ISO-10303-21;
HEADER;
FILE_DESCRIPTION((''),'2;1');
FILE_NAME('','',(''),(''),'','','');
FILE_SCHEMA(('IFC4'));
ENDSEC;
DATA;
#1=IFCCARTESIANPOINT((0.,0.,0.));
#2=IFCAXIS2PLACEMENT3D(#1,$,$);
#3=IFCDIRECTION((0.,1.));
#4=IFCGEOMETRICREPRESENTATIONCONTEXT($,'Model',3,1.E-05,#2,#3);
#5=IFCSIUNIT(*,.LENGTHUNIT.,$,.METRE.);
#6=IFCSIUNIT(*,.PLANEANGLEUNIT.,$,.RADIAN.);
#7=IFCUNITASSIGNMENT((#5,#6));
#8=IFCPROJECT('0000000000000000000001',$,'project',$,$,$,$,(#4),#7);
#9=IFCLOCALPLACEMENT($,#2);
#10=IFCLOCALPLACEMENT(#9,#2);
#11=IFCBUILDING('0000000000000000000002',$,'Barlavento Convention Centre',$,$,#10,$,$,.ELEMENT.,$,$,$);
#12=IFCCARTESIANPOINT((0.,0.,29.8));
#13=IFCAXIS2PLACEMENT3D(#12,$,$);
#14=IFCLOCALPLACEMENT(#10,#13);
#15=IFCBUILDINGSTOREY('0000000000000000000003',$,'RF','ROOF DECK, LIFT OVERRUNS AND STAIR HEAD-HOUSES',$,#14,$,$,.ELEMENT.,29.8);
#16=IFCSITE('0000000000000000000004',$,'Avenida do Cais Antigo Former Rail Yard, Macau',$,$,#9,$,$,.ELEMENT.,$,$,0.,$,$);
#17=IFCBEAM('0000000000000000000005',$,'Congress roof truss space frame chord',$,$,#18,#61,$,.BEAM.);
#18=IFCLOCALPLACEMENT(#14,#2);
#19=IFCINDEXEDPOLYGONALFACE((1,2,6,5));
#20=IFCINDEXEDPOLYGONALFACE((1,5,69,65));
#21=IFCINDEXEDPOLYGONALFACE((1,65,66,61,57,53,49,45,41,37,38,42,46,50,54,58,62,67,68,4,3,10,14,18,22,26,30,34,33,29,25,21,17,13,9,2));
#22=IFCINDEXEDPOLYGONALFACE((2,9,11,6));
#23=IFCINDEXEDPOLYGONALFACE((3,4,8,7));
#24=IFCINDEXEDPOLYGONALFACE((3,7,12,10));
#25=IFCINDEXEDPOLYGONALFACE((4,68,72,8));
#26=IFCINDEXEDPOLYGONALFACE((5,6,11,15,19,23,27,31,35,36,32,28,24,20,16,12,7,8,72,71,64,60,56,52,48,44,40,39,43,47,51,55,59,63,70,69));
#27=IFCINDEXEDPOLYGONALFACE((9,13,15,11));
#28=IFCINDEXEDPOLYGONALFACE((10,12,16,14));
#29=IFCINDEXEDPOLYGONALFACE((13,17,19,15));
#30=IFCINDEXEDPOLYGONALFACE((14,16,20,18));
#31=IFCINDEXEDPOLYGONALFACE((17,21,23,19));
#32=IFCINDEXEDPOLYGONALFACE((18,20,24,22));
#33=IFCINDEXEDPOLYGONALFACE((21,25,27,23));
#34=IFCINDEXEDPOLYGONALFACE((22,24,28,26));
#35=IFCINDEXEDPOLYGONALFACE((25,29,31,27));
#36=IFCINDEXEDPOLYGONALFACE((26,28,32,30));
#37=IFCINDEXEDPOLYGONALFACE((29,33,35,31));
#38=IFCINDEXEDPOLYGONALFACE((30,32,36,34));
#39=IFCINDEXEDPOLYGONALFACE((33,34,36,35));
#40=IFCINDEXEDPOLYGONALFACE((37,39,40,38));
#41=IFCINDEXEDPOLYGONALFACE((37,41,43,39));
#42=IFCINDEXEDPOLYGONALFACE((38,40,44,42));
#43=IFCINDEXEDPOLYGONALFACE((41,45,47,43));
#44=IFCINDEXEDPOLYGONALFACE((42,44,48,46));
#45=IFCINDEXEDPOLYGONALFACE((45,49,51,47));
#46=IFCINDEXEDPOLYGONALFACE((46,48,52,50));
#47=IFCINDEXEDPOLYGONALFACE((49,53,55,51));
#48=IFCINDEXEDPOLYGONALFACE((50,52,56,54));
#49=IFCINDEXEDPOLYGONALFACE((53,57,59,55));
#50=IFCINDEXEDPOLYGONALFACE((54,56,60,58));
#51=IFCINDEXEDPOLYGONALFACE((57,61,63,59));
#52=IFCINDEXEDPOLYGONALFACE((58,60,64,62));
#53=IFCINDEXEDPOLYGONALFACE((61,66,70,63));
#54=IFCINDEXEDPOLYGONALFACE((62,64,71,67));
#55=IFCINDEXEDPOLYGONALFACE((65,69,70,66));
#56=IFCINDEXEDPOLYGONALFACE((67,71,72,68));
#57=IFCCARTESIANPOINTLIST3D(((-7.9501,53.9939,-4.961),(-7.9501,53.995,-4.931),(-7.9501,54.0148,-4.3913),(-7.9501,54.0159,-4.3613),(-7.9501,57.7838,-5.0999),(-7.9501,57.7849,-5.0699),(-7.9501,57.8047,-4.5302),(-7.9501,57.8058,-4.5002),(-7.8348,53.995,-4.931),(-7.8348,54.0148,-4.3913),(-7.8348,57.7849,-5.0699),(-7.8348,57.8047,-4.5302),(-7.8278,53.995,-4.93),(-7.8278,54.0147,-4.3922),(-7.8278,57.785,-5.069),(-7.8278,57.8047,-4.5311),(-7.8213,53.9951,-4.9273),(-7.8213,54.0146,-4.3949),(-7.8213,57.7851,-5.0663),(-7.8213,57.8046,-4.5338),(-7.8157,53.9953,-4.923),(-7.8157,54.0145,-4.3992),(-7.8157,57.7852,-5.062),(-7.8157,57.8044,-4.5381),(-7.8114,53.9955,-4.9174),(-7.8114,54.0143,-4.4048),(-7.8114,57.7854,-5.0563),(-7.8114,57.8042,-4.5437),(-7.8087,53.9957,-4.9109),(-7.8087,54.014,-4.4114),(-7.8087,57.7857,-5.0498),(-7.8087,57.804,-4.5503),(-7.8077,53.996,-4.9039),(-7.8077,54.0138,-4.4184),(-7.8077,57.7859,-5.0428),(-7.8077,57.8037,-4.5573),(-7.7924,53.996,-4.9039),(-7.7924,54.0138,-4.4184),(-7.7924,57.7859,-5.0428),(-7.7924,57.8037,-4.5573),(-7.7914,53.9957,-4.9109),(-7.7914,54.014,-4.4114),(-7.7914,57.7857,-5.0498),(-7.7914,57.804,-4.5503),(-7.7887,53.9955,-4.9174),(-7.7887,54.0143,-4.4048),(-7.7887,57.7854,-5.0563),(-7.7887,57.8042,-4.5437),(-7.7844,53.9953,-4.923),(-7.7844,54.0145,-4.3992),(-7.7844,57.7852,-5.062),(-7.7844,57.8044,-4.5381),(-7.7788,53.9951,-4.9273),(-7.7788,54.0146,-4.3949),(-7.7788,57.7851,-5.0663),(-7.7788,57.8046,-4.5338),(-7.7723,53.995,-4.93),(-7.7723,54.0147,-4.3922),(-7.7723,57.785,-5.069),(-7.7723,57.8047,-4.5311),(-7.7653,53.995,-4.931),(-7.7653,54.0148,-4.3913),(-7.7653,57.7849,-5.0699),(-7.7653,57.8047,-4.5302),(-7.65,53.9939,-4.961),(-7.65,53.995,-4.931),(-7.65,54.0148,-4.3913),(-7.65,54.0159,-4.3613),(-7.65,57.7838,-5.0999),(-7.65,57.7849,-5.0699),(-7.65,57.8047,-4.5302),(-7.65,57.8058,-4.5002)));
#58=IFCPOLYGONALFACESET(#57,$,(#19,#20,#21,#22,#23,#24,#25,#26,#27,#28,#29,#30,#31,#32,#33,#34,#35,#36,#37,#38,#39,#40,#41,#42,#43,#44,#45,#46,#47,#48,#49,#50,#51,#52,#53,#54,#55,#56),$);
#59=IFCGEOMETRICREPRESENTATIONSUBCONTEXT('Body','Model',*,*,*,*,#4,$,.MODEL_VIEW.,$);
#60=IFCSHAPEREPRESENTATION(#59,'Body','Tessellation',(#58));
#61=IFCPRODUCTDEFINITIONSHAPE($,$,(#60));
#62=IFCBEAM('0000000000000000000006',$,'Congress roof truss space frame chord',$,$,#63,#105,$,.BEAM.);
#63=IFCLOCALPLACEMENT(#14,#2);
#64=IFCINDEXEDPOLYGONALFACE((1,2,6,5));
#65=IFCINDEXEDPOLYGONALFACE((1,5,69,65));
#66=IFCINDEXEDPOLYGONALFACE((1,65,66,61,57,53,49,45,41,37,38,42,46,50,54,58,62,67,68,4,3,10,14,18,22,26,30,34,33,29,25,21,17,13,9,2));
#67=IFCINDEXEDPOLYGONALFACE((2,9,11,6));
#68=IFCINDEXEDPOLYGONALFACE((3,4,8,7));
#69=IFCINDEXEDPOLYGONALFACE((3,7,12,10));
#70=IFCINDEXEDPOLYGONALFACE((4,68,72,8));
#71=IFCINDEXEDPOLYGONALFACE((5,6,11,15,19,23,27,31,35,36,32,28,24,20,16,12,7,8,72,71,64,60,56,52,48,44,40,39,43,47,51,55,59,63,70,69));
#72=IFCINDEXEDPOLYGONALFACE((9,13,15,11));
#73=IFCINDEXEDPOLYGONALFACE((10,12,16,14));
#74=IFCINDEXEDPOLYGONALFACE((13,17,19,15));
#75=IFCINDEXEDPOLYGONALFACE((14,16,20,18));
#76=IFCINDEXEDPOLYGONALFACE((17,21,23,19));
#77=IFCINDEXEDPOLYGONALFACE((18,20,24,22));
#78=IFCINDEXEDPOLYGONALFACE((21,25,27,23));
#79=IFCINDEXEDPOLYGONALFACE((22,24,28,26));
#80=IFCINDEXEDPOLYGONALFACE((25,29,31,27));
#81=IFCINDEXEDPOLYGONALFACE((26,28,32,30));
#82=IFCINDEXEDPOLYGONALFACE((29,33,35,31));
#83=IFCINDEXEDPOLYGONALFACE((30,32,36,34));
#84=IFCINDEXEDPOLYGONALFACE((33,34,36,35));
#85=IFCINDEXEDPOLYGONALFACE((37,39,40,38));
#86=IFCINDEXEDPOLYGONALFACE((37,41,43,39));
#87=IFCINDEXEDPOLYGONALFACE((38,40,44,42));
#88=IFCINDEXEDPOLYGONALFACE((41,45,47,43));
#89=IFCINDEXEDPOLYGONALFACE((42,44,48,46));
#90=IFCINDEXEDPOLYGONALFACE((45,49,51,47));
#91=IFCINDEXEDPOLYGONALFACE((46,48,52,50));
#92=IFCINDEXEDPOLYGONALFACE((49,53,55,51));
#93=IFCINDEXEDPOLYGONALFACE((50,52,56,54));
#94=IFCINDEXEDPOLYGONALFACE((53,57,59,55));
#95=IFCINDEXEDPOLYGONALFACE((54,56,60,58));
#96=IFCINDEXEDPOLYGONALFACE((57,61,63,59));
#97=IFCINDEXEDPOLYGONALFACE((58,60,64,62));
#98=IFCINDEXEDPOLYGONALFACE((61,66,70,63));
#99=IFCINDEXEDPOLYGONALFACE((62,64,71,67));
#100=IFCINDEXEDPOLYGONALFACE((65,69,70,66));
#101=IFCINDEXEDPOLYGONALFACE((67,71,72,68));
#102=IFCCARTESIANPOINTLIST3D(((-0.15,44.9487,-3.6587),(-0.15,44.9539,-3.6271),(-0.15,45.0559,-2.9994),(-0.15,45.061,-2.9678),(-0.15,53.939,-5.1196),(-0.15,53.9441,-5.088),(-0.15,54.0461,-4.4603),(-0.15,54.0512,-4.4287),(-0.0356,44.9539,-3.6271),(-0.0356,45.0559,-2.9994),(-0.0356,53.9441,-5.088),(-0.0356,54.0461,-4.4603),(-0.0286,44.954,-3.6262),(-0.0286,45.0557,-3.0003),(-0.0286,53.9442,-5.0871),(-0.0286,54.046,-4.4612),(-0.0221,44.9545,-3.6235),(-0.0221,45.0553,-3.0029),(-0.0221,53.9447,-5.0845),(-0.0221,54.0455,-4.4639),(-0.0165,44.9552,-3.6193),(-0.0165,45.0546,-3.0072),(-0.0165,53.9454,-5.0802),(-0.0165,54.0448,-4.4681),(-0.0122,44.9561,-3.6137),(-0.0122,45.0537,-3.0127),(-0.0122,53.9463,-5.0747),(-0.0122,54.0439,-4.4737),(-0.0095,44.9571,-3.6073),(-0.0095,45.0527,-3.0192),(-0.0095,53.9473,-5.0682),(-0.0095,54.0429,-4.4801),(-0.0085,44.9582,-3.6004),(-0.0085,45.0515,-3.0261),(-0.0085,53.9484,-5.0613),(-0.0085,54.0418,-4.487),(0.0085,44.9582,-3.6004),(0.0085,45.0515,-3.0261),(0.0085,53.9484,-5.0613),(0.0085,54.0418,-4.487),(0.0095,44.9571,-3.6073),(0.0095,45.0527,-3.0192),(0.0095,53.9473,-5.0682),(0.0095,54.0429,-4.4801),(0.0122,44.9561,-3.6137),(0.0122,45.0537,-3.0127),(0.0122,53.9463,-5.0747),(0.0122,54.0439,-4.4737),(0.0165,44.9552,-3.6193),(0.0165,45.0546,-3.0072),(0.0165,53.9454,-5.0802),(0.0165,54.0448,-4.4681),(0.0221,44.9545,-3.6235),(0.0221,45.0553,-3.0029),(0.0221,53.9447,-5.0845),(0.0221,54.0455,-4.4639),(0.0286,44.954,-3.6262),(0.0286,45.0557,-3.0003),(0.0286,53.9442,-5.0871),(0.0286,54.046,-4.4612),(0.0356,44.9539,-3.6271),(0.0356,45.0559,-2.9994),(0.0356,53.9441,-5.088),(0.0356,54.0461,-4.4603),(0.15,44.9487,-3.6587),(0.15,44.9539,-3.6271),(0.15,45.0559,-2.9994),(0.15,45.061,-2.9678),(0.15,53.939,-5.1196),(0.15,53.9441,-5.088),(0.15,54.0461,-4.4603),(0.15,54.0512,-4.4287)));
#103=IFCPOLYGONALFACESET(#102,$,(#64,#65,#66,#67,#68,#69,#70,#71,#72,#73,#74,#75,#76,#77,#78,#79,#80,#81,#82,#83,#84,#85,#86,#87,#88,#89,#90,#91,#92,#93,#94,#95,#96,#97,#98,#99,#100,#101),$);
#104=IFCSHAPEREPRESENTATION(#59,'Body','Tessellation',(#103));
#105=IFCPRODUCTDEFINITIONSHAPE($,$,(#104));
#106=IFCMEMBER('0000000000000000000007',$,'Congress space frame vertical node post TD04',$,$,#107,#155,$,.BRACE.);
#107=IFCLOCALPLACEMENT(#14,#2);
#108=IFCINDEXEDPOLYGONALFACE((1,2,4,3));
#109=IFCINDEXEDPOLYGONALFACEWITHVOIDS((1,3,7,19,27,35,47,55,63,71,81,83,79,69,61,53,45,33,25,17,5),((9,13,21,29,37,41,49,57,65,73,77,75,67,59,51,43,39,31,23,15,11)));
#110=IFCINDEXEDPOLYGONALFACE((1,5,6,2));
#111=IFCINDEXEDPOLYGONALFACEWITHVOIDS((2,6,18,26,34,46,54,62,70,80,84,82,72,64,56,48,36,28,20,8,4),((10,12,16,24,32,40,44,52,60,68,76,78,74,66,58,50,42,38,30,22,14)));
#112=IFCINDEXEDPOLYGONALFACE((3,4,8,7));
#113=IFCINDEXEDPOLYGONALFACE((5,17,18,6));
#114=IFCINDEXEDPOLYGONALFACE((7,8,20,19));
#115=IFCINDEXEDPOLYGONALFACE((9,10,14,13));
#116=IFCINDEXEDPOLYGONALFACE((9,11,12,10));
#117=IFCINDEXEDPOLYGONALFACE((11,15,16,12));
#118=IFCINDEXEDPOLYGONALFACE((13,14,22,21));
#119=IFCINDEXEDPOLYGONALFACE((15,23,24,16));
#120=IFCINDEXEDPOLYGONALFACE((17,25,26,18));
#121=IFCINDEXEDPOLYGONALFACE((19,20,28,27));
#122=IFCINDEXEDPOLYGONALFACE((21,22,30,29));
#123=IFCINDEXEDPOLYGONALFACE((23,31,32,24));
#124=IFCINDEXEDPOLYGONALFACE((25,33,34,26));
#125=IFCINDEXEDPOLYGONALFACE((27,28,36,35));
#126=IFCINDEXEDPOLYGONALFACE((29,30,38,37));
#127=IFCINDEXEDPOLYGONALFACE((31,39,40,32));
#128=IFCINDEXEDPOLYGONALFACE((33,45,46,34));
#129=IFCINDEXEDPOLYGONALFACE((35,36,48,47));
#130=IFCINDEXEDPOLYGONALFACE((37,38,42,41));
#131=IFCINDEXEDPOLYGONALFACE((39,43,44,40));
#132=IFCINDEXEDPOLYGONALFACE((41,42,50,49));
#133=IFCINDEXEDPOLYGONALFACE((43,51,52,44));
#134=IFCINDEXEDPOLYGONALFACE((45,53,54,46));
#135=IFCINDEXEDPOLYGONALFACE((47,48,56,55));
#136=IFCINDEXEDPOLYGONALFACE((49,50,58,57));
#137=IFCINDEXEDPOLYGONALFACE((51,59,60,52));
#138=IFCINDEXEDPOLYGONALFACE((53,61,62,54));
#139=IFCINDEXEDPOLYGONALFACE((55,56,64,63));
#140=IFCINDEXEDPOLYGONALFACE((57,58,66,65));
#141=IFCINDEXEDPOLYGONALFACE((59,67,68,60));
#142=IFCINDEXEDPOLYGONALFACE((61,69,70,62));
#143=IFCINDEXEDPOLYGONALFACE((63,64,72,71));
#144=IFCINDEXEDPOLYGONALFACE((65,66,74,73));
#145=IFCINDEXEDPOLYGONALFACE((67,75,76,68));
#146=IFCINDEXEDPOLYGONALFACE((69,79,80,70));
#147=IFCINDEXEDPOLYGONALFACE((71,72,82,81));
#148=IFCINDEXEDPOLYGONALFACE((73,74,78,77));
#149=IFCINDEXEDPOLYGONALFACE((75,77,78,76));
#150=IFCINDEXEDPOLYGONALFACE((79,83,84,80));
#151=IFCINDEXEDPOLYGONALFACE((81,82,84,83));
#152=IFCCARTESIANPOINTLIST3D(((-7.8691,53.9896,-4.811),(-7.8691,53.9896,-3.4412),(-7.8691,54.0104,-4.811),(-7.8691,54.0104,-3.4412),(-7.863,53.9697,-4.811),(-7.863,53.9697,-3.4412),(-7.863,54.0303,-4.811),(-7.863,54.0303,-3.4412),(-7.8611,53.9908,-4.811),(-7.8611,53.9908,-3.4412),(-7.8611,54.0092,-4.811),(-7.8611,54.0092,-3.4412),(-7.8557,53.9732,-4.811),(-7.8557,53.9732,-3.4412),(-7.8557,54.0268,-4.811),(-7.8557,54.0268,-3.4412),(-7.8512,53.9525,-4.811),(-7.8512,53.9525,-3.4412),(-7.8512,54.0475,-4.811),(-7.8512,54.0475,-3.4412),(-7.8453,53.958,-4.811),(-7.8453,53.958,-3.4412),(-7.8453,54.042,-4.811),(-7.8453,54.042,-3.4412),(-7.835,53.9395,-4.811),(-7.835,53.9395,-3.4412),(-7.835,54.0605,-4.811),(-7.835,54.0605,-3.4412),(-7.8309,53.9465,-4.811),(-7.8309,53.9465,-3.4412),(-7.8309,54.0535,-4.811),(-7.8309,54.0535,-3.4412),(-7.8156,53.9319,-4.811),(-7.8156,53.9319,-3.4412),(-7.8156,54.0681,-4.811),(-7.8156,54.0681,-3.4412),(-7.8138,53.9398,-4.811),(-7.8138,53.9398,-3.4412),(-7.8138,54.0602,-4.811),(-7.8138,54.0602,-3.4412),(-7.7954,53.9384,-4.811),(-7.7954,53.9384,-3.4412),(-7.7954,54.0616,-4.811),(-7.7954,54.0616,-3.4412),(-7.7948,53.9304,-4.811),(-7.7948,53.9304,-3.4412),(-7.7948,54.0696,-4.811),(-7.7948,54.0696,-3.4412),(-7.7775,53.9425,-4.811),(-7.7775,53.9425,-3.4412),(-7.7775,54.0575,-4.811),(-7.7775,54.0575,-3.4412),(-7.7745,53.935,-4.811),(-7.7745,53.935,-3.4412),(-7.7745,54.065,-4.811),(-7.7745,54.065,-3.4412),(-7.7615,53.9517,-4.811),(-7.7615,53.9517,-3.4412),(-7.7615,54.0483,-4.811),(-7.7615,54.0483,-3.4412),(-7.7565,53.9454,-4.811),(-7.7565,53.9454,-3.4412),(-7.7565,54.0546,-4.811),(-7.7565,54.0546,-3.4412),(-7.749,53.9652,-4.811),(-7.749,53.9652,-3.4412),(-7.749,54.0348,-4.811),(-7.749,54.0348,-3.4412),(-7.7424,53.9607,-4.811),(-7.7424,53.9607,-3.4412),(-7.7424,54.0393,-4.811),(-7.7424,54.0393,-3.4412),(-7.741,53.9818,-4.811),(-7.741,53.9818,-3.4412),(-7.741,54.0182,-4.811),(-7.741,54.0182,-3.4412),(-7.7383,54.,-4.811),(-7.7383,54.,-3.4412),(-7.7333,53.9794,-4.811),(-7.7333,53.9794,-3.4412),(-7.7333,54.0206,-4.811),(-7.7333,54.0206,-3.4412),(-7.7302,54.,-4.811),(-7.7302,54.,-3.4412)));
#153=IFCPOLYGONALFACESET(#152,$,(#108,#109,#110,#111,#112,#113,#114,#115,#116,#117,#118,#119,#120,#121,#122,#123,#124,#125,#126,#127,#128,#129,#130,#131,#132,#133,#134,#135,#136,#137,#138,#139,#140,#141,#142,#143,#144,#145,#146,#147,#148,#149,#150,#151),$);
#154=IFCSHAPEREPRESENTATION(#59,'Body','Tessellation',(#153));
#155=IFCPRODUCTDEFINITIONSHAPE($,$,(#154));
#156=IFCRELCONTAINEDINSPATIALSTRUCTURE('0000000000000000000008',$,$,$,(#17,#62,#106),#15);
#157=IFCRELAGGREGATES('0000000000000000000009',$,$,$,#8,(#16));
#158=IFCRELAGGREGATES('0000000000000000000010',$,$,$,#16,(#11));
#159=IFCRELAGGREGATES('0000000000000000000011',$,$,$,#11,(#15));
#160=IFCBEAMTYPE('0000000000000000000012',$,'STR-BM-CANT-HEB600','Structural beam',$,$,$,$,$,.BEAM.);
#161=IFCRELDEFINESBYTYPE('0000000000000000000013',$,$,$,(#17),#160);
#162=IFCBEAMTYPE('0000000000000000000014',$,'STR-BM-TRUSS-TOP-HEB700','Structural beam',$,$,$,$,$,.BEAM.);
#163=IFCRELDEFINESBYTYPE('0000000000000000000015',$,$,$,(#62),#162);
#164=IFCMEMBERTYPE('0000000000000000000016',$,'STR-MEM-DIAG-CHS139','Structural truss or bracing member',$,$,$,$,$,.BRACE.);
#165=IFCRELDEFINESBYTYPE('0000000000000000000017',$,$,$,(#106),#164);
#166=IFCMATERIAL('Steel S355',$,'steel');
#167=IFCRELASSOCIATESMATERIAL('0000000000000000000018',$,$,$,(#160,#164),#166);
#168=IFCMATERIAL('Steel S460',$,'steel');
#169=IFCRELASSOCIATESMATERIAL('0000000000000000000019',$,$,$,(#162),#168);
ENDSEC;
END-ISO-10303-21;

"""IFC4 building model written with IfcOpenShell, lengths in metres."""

from ifc_helpers import new_model, si_unit, direction, frame, origin, origin_2d, place, context, subcontext, project, spatial, hollow_circle, i_section, extrude, material, material_profile, profile_set, type_object, element, save


model = new_model("IFC4")

# Units and contexts
model_context = context("Model", 3, precision=1e-05, world=origin(), true_north=direction((0.0, 1.0)))
body_context = subcontext(model_context, "Body", "Model", "MODEL_VIEW")
ifc_project = project(units=[si_unit("LENGTHUNIT", "METRE"), si_unit("PLANEANGLEUNIT", "RADIAN")], contexts=[model_context])

# Site, building, storey
site_placement = place(None, origin())
site = spatial("IfcSite", under=ifc_project, at=site_placement, Name="Avenida do Cais Antigo Former Rail Yard, Macau", CompositionType="ELEMENT", RefElevation=0.0)
building_placement = place(site_placement, origin())
building = spatial("IfcBuilding", under=site, at=building_placement, Name="Barlavento Convention Centre", CompositionType="ELEMENT")
storey_placement = place(building_placement, frame((0.0, 0.0, 29.8)))
storey = spatial("IfcBuildingStorey", under=building, at=storey_placement, Name="RF", Description="ROOF DECK, LIFT OVERRUNS AND STAIR HEAD-HOUSES", CompositionType="ELEMENT", Elevation=29.8)

# Beams
ifc_material_1 = material(Name="Steel S355", Category="steel")
ifc_material_profile_1 = material_profile(ifc_material_1, i_section(OverallWidth=0.3, OverallDepth=0.6001, WebThickness=0.0154, FlangeThickness=0.03, FilletRadius=0.0271, at=origin_2d()), Name="HEB 600")
ifc_profile_set_1 = profile_set([ifc_material_profile_1], Name="Steel S355")
beam_type_1 = type_object("IfcBeamType", Name="STR-BM-CANT-HEB600", Description="Structural beam", PredefinedType="BEAM", material=ifc_profile_set_1)
beam_1_placement = place(storey_placement, frame((-7.8, 54.0049, -4.6611), z_axis=(0.0, 0.999329, -0.036628), x_axis=(-1.0, 0.0, 0.0)))
element("IfcBeam", 1, at=beam_1_placement, inside=storey, type_object=beam_type_1, Name="Congress roof truss space frame chord", PredefinedType="BEAM", context=body_context, shape_type="SweptSolid", body=[
    extrude(i_section(OverallWidth=0.3, OverallDepth=0.6001, WebThickness=0.0154, FlangeThickness=0.03, FilletRadius=0.0271, at=origin_2d()), origin(), (0.0, 0.0, 1.0), 3.7925),
])
ifc_material_2 = material(Name="Steel S460", Category="steel")
ifc_material_profile_2 = material_profile(ifc_material_2, i_section(OverallWidth=0.3, OverallDepth=0.7, WebThickness=0.0171, FlangeThickness=0.032, FilletRadius=0.0271, at=origin_2d()), Name="HEB 700")
ifc_profile_set_2 = profile_set([ifc_material_profile_2], Name="Steel S460")
beam_type_2 = type_object("IfcBeamType", Name="STR-BM-TRUSS-TOP-HEB700", Description="Structural beam", PredefinedType="BEAM", material=ifc_profile_set_2)
beam_2_placement = place(storey_placement, frame((0.0, 45.0049, -3.3132), z_axis=(0.0, 0.987052, -0.160399), x_axis=(-1.0, 0.0, 0.0)))
element("IfcBeam", 2, at=beam_2_placement, inside=storey, type_object=beam_type_2, Name="Congress roof truss space frame chord", PredefinedType="BEAM", context=body_context, shape_type="SweptSolid", body=[
    extrude(i_section(OverallWidth=0.3, OverallDepth=0.7, WebThickness=0.0171, FlangeThickness=0.032, FilletRadius=0.0271, at=origin_2d()), origin(), (0.0, 0.0, 1.0), 9.1082),
])

# Member
ifc_material_profile_3 = material_profile(ifc_material_1, hollow_circle(Radius=0.0698, WallThickness=0.0081, at=origin_2d()), Name="CHS 139.7x8.0")
ifc_profile_set_3 = profile_set([ifc_material_profile_3], Name="Steel S355")
member_type_1 = type_object("IfcMemberType", Name="STR-MEM-DIAG-CHS139", Description="Structural truss or bracing member", PredefinedType="BRACE", material=ifc_profile_set_3)
for number, where, z_axis, x_axis, name in (
    (3, (-7.8, 54.0, -4.811), (0.0, 0.0, 1.0), (1.0, 0.0, 0.0), "Congress space frame vertical node post TD04"),
):
    element("IfcMember", number, at=place(storey_placement, frame(where, z_axis=z_axis, x_axis=x_axis)), inside=storey, type_object=member_type_1, Name=name, PredefinedType="BRACE", context=body_context, shape_type="SweptSolid", body=[
        extrude(hollow_circle(Radius=0.0698, WallThickness=0.0081, at=origin_2d()), origin(), (0.0, 0.0, 1.0), 1.3699),
    ])

save(model, "model.ifc")
